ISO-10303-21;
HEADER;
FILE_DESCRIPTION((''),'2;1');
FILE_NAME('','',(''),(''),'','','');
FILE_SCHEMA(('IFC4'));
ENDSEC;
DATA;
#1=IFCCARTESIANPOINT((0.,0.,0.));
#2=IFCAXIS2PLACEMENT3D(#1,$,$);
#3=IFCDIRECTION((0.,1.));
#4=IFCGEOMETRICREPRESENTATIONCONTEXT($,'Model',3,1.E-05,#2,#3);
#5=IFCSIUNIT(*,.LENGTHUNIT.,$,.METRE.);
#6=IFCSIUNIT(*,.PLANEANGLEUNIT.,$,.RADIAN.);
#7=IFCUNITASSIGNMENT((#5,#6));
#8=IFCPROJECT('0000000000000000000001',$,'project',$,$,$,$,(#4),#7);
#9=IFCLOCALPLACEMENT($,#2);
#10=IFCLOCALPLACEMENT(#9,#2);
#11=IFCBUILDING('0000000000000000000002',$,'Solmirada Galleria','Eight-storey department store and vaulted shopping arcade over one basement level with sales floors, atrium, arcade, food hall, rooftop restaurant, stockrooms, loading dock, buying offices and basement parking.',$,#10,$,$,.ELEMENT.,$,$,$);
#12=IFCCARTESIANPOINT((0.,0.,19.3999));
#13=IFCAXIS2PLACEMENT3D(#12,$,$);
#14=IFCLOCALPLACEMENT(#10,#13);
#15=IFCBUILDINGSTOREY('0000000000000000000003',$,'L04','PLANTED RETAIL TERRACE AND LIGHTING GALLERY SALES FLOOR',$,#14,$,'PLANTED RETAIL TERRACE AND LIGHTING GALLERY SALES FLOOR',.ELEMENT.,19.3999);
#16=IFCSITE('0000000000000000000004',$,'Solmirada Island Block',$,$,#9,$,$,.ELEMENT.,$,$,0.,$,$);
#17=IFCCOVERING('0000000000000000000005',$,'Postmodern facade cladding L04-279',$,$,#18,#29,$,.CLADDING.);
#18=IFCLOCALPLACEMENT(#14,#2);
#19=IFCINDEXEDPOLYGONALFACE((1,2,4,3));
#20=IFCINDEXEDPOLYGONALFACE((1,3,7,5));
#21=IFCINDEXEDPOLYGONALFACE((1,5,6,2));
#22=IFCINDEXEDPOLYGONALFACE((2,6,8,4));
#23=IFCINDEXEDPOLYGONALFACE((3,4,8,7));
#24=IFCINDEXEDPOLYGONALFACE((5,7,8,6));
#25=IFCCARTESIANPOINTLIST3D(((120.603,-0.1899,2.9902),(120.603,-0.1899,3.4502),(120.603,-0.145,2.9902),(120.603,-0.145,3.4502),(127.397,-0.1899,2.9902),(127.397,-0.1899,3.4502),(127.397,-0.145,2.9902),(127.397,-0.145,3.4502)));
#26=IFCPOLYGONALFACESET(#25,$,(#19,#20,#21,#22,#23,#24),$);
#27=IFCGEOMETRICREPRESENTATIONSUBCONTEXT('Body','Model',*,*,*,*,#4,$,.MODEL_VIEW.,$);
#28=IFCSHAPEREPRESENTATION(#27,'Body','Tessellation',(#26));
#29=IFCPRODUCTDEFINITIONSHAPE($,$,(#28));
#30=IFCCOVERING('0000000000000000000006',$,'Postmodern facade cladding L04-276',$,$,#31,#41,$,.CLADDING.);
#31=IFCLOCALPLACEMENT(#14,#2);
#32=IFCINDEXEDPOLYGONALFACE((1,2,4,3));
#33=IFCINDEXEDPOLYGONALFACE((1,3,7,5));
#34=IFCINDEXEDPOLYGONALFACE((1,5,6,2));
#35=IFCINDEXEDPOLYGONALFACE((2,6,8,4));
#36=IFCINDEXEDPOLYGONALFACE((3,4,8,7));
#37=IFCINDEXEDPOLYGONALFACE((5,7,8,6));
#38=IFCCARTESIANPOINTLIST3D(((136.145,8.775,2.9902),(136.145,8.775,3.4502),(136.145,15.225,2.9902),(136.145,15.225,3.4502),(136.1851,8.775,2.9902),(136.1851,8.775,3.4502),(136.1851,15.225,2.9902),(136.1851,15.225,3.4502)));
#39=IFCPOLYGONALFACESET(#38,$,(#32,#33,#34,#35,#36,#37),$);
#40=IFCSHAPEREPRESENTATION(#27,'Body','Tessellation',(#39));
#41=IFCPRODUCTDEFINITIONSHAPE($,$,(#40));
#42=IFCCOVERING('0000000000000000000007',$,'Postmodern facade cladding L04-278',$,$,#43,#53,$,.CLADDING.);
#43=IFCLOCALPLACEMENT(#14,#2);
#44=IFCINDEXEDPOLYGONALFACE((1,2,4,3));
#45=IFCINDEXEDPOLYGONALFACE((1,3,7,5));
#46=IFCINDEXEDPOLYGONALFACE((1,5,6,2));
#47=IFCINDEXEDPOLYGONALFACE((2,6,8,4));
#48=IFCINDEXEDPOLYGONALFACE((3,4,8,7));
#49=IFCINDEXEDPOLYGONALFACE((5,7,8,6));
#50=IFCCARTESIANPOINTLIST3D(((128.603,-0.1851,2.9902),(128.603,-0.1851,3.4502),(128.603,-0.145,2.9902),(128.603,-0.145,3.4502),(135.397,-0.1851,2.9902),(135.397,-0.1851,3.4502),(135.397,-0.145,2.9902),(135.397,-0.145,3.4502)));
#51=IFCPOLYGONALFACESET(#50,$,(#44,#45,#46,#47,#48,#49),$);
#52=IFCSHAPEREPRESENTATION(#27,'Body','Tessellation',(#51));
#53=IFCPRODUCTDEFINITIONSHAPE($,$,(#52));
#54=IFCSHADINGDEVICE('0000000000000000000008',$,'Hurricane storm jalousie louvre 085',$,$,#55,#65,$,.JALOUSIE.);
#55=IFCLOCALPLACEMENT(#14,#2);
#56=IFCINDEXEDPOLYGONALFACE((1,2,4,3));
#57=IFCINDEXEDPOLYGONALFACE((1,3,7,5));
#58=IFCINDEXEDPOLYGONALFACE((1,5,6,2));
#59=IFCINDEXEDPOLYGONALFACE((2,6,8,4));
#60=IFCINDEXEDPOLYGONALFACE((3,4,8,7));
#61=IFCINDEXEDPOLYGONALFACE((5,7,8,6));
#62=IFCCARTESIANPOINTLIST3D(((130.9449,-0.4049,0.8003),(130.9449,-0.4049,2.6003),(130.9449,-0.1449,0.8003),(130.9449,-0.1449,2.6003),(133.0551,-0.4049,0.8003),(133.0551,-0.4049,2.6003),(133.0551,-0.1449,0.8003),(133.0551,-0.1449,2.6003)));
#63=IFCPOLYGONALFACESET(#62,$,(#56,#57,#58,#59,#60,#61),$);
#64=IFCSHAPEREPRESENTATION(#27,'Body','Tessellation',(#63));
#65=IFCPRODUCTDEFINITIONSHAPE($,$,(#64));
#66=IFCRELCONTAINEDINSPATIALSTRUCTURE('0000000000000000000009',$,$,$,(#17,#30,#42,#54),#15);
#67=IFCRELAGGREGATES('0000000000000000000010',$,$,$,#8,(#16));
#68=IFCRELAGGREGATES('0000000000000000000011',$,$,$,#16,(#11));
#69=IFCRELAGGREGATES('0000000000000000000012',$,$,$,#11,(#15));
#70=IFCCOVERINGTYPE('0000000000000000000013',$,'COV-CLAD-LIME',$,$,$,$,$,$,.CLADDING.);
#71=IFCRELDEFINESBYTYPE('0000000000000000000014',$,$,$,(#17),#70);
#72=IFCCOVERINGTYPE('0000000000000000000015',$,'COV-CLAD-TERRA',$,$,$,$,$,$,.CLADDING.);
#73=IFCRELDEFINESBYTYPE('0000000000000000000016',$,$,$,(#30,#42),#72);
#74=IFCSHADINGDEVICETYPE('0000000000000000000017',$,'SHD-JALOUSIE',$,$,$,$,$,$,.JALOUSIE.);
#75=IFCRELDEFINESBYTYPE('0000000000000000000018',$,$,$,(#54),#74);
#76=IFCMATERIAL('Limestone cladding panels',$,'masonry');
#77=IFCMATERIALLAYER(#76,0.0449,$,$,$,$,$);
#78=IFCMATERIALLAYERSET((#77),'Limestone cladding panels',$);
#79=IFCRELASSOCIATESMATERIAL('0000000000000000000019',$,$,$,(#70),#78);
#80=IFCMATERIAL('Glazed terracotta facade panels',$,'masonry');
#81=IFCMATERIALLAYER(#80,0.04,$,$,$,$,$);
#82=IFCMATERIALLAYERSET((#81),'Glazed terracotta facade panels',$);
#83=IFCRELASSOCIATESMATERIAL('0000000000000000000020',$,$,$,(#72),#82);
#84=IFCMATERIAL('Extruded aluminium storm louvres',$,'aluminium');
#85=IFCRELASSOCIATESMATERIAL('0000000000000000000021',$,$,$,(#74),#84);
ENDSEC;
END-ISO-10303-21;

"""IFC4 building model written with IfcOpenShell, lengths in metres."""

from ifc_helpers import new_model, si_unit, direction, frame, origin, origin_2d, place, context, subcontext, project, spatial, rectangle, extrude, material, layer, layer_set, type_object, element, save


model = new_model("IFC4")

# Units and contexts
model_context = context("Model", 3, precision=1e-05, world=origin(), true_north=direction((0.0, 1.0)))
body_context = subcontext(model_context, "Body", "Model", "MODEL_VIEW")
ifc_project = project(units=[si_unit("LENGTHUNIT", "METRE"), si_unit("PLANEANGLEUNIT", "RADIAN")], contexts=[model_context])

# Site, building, storey
site_placement = place(None, origin())
site = spatial("IfcSite", under=ifc_project, at=site_placement, Name="Solmirada Island Block", CompositionType="ELEMENT", RefElevation=0.0)
building_placement = place(site_placement, origin())
building = spatial("IfcBuilding", under=site, at=building_placement, Name="Solmirada Galleria", Description="Eight-storey department store and vaulted shopping arcade over one basement level with sales floors, atrium, arcade, food hall, rooftop restaurant, stockrooms, loading dock, buying offices and basement parking.", CompositionType="ELEMENT")
storey_placement = place(building_placement, frame((0.0, 0.0, 19.3999)))
storey = spatial("IfcBuildingStorey", under=building, at=storey_placement, Name="L04", Description="PLANTED RETAIL TERRACE AND LIGHTING GALLERY SALES FLOOR", LongName="PLANTED RETAIL TERRACE AND LIGHTING GALLERY SALES FLOOR", CompositionType="ELEMENT", Elevation=19.3999)

# Coverings
ifc_material_1 = material(Name="Limestone cladding panels", Category="masonry")
ifc_layer_1 = layer(ifc_material_1, 0.0449)
ifc_layer_set_1 = layer_set([ifc_layer_1], Name="Limestone cladding panels")
covering_type_1 = type_object("IfcCoveringType", Name="COV-CLAD-LIME", PredefinedType="CLADDING", material=ifc_layer_set_1)
covering_1_placement = place(storey_placement, frame((124.0, -0.1675, 2.9902), z_axis=(0.0, 0.0, 1.0), x_axis=(-1.0, 0.0, 0.0)))
element("IfcCovering", 1, at=covering_1_placement, inside=storey, type_object=covering_type_1, Name="Postmodern facade cladding L04-279", PredefinedType="CLADDING", context=body_context, shape_type="SweptSolid", body=[
    extrude(rectangle(XDim=6.7939, YDim=0.0449, at=origin_2d()), origin(), (0.0, 0.0, 1.0), 0.46),
])
ifc_material_2 = material(Name="Glazed terracotta facade panels", Category="masonry")
ifc_layer_2 = layer(ifc_material_2, 0.04)
ifc_layer_set_2 = layer_set([ifc_layer_2], Name="Glazed terracotta facade panels")
covering_type_2 = type_object("IfcCoveringType", Name="COV-CLAD-TERRA", PredefinedType="CLADDING", material=ifc_layer_set_2)
covering_2_placement = place(storey_placement, frame((136.165, 12.0, 2.9902), z_axis=(0.0, 0.0, 1.0), x_axis=(0.0, -1.0, 0.0)))
element("IfcCovering", 2, at=covering_2_placement, inside=storey, type_object=covering_type_2, Name="Postmodern facade cladding L04-276", PredefinedType="CLADDING", context=body_context, shape_type="SweptSolid", body=[
    extrude(rectangle(XDim=6.45, YDim=0.04, at=origin_2d()), origin(), (0.0, 0.0, 1.0), 0.46),
])
covering_3_placement = place(storey_placement, frame((132.0, -0.165, 2.9902), z_axis=(0.0, 0.0, 1.0), x_axis=(-1.0, 0.0, 0.0)))
element("IfcCovering", 3, at=covering_3_placement, inside=storey, type_object=covering_type_2, Name="Postmodern facade cladding L04-278", PredefinedType="CLADDING", context=body_context, shape_type="SweptSolid", body=[
    extrude(rectangle(XDim=6.7939, YDim=0.04, at=origin_2d()), origin(), (0.0, 0.0, 1.0), 0.46),
])

# Shading device
ifc_material_3 = material(Name="Extruded aluminium storm louvres", Category="aluminium")
shading_device_type = type_object("IfcShadingDeviceType", Name="SHD-JALOUSIE", PredefinedType="JALOUSIE", material=ifc_material_3)
shading_device_placement = place(storey_placement, frame((132.0, -0.2749, 0.8003), z_axis=(0.0, 0.0, 1.0), x_axis=(-1.0, 0.0, 0.0)))
element("IfcShadingDevice", 4, at=shading_device_placement, inside=storey, type_object=shading_device_type, Name="Hurricane storm jalousie louvre 085", PredefinedType="JALOUSIE", context=body_context, shape_type="SweptSolid", body=[
    extrude(rectangle(XDim=2.1101, YDim=0.26, at=origin_2d()), origin(), (0.0, 0.0, 1.0), 1.8),
])

save(model, "model.ifc")
